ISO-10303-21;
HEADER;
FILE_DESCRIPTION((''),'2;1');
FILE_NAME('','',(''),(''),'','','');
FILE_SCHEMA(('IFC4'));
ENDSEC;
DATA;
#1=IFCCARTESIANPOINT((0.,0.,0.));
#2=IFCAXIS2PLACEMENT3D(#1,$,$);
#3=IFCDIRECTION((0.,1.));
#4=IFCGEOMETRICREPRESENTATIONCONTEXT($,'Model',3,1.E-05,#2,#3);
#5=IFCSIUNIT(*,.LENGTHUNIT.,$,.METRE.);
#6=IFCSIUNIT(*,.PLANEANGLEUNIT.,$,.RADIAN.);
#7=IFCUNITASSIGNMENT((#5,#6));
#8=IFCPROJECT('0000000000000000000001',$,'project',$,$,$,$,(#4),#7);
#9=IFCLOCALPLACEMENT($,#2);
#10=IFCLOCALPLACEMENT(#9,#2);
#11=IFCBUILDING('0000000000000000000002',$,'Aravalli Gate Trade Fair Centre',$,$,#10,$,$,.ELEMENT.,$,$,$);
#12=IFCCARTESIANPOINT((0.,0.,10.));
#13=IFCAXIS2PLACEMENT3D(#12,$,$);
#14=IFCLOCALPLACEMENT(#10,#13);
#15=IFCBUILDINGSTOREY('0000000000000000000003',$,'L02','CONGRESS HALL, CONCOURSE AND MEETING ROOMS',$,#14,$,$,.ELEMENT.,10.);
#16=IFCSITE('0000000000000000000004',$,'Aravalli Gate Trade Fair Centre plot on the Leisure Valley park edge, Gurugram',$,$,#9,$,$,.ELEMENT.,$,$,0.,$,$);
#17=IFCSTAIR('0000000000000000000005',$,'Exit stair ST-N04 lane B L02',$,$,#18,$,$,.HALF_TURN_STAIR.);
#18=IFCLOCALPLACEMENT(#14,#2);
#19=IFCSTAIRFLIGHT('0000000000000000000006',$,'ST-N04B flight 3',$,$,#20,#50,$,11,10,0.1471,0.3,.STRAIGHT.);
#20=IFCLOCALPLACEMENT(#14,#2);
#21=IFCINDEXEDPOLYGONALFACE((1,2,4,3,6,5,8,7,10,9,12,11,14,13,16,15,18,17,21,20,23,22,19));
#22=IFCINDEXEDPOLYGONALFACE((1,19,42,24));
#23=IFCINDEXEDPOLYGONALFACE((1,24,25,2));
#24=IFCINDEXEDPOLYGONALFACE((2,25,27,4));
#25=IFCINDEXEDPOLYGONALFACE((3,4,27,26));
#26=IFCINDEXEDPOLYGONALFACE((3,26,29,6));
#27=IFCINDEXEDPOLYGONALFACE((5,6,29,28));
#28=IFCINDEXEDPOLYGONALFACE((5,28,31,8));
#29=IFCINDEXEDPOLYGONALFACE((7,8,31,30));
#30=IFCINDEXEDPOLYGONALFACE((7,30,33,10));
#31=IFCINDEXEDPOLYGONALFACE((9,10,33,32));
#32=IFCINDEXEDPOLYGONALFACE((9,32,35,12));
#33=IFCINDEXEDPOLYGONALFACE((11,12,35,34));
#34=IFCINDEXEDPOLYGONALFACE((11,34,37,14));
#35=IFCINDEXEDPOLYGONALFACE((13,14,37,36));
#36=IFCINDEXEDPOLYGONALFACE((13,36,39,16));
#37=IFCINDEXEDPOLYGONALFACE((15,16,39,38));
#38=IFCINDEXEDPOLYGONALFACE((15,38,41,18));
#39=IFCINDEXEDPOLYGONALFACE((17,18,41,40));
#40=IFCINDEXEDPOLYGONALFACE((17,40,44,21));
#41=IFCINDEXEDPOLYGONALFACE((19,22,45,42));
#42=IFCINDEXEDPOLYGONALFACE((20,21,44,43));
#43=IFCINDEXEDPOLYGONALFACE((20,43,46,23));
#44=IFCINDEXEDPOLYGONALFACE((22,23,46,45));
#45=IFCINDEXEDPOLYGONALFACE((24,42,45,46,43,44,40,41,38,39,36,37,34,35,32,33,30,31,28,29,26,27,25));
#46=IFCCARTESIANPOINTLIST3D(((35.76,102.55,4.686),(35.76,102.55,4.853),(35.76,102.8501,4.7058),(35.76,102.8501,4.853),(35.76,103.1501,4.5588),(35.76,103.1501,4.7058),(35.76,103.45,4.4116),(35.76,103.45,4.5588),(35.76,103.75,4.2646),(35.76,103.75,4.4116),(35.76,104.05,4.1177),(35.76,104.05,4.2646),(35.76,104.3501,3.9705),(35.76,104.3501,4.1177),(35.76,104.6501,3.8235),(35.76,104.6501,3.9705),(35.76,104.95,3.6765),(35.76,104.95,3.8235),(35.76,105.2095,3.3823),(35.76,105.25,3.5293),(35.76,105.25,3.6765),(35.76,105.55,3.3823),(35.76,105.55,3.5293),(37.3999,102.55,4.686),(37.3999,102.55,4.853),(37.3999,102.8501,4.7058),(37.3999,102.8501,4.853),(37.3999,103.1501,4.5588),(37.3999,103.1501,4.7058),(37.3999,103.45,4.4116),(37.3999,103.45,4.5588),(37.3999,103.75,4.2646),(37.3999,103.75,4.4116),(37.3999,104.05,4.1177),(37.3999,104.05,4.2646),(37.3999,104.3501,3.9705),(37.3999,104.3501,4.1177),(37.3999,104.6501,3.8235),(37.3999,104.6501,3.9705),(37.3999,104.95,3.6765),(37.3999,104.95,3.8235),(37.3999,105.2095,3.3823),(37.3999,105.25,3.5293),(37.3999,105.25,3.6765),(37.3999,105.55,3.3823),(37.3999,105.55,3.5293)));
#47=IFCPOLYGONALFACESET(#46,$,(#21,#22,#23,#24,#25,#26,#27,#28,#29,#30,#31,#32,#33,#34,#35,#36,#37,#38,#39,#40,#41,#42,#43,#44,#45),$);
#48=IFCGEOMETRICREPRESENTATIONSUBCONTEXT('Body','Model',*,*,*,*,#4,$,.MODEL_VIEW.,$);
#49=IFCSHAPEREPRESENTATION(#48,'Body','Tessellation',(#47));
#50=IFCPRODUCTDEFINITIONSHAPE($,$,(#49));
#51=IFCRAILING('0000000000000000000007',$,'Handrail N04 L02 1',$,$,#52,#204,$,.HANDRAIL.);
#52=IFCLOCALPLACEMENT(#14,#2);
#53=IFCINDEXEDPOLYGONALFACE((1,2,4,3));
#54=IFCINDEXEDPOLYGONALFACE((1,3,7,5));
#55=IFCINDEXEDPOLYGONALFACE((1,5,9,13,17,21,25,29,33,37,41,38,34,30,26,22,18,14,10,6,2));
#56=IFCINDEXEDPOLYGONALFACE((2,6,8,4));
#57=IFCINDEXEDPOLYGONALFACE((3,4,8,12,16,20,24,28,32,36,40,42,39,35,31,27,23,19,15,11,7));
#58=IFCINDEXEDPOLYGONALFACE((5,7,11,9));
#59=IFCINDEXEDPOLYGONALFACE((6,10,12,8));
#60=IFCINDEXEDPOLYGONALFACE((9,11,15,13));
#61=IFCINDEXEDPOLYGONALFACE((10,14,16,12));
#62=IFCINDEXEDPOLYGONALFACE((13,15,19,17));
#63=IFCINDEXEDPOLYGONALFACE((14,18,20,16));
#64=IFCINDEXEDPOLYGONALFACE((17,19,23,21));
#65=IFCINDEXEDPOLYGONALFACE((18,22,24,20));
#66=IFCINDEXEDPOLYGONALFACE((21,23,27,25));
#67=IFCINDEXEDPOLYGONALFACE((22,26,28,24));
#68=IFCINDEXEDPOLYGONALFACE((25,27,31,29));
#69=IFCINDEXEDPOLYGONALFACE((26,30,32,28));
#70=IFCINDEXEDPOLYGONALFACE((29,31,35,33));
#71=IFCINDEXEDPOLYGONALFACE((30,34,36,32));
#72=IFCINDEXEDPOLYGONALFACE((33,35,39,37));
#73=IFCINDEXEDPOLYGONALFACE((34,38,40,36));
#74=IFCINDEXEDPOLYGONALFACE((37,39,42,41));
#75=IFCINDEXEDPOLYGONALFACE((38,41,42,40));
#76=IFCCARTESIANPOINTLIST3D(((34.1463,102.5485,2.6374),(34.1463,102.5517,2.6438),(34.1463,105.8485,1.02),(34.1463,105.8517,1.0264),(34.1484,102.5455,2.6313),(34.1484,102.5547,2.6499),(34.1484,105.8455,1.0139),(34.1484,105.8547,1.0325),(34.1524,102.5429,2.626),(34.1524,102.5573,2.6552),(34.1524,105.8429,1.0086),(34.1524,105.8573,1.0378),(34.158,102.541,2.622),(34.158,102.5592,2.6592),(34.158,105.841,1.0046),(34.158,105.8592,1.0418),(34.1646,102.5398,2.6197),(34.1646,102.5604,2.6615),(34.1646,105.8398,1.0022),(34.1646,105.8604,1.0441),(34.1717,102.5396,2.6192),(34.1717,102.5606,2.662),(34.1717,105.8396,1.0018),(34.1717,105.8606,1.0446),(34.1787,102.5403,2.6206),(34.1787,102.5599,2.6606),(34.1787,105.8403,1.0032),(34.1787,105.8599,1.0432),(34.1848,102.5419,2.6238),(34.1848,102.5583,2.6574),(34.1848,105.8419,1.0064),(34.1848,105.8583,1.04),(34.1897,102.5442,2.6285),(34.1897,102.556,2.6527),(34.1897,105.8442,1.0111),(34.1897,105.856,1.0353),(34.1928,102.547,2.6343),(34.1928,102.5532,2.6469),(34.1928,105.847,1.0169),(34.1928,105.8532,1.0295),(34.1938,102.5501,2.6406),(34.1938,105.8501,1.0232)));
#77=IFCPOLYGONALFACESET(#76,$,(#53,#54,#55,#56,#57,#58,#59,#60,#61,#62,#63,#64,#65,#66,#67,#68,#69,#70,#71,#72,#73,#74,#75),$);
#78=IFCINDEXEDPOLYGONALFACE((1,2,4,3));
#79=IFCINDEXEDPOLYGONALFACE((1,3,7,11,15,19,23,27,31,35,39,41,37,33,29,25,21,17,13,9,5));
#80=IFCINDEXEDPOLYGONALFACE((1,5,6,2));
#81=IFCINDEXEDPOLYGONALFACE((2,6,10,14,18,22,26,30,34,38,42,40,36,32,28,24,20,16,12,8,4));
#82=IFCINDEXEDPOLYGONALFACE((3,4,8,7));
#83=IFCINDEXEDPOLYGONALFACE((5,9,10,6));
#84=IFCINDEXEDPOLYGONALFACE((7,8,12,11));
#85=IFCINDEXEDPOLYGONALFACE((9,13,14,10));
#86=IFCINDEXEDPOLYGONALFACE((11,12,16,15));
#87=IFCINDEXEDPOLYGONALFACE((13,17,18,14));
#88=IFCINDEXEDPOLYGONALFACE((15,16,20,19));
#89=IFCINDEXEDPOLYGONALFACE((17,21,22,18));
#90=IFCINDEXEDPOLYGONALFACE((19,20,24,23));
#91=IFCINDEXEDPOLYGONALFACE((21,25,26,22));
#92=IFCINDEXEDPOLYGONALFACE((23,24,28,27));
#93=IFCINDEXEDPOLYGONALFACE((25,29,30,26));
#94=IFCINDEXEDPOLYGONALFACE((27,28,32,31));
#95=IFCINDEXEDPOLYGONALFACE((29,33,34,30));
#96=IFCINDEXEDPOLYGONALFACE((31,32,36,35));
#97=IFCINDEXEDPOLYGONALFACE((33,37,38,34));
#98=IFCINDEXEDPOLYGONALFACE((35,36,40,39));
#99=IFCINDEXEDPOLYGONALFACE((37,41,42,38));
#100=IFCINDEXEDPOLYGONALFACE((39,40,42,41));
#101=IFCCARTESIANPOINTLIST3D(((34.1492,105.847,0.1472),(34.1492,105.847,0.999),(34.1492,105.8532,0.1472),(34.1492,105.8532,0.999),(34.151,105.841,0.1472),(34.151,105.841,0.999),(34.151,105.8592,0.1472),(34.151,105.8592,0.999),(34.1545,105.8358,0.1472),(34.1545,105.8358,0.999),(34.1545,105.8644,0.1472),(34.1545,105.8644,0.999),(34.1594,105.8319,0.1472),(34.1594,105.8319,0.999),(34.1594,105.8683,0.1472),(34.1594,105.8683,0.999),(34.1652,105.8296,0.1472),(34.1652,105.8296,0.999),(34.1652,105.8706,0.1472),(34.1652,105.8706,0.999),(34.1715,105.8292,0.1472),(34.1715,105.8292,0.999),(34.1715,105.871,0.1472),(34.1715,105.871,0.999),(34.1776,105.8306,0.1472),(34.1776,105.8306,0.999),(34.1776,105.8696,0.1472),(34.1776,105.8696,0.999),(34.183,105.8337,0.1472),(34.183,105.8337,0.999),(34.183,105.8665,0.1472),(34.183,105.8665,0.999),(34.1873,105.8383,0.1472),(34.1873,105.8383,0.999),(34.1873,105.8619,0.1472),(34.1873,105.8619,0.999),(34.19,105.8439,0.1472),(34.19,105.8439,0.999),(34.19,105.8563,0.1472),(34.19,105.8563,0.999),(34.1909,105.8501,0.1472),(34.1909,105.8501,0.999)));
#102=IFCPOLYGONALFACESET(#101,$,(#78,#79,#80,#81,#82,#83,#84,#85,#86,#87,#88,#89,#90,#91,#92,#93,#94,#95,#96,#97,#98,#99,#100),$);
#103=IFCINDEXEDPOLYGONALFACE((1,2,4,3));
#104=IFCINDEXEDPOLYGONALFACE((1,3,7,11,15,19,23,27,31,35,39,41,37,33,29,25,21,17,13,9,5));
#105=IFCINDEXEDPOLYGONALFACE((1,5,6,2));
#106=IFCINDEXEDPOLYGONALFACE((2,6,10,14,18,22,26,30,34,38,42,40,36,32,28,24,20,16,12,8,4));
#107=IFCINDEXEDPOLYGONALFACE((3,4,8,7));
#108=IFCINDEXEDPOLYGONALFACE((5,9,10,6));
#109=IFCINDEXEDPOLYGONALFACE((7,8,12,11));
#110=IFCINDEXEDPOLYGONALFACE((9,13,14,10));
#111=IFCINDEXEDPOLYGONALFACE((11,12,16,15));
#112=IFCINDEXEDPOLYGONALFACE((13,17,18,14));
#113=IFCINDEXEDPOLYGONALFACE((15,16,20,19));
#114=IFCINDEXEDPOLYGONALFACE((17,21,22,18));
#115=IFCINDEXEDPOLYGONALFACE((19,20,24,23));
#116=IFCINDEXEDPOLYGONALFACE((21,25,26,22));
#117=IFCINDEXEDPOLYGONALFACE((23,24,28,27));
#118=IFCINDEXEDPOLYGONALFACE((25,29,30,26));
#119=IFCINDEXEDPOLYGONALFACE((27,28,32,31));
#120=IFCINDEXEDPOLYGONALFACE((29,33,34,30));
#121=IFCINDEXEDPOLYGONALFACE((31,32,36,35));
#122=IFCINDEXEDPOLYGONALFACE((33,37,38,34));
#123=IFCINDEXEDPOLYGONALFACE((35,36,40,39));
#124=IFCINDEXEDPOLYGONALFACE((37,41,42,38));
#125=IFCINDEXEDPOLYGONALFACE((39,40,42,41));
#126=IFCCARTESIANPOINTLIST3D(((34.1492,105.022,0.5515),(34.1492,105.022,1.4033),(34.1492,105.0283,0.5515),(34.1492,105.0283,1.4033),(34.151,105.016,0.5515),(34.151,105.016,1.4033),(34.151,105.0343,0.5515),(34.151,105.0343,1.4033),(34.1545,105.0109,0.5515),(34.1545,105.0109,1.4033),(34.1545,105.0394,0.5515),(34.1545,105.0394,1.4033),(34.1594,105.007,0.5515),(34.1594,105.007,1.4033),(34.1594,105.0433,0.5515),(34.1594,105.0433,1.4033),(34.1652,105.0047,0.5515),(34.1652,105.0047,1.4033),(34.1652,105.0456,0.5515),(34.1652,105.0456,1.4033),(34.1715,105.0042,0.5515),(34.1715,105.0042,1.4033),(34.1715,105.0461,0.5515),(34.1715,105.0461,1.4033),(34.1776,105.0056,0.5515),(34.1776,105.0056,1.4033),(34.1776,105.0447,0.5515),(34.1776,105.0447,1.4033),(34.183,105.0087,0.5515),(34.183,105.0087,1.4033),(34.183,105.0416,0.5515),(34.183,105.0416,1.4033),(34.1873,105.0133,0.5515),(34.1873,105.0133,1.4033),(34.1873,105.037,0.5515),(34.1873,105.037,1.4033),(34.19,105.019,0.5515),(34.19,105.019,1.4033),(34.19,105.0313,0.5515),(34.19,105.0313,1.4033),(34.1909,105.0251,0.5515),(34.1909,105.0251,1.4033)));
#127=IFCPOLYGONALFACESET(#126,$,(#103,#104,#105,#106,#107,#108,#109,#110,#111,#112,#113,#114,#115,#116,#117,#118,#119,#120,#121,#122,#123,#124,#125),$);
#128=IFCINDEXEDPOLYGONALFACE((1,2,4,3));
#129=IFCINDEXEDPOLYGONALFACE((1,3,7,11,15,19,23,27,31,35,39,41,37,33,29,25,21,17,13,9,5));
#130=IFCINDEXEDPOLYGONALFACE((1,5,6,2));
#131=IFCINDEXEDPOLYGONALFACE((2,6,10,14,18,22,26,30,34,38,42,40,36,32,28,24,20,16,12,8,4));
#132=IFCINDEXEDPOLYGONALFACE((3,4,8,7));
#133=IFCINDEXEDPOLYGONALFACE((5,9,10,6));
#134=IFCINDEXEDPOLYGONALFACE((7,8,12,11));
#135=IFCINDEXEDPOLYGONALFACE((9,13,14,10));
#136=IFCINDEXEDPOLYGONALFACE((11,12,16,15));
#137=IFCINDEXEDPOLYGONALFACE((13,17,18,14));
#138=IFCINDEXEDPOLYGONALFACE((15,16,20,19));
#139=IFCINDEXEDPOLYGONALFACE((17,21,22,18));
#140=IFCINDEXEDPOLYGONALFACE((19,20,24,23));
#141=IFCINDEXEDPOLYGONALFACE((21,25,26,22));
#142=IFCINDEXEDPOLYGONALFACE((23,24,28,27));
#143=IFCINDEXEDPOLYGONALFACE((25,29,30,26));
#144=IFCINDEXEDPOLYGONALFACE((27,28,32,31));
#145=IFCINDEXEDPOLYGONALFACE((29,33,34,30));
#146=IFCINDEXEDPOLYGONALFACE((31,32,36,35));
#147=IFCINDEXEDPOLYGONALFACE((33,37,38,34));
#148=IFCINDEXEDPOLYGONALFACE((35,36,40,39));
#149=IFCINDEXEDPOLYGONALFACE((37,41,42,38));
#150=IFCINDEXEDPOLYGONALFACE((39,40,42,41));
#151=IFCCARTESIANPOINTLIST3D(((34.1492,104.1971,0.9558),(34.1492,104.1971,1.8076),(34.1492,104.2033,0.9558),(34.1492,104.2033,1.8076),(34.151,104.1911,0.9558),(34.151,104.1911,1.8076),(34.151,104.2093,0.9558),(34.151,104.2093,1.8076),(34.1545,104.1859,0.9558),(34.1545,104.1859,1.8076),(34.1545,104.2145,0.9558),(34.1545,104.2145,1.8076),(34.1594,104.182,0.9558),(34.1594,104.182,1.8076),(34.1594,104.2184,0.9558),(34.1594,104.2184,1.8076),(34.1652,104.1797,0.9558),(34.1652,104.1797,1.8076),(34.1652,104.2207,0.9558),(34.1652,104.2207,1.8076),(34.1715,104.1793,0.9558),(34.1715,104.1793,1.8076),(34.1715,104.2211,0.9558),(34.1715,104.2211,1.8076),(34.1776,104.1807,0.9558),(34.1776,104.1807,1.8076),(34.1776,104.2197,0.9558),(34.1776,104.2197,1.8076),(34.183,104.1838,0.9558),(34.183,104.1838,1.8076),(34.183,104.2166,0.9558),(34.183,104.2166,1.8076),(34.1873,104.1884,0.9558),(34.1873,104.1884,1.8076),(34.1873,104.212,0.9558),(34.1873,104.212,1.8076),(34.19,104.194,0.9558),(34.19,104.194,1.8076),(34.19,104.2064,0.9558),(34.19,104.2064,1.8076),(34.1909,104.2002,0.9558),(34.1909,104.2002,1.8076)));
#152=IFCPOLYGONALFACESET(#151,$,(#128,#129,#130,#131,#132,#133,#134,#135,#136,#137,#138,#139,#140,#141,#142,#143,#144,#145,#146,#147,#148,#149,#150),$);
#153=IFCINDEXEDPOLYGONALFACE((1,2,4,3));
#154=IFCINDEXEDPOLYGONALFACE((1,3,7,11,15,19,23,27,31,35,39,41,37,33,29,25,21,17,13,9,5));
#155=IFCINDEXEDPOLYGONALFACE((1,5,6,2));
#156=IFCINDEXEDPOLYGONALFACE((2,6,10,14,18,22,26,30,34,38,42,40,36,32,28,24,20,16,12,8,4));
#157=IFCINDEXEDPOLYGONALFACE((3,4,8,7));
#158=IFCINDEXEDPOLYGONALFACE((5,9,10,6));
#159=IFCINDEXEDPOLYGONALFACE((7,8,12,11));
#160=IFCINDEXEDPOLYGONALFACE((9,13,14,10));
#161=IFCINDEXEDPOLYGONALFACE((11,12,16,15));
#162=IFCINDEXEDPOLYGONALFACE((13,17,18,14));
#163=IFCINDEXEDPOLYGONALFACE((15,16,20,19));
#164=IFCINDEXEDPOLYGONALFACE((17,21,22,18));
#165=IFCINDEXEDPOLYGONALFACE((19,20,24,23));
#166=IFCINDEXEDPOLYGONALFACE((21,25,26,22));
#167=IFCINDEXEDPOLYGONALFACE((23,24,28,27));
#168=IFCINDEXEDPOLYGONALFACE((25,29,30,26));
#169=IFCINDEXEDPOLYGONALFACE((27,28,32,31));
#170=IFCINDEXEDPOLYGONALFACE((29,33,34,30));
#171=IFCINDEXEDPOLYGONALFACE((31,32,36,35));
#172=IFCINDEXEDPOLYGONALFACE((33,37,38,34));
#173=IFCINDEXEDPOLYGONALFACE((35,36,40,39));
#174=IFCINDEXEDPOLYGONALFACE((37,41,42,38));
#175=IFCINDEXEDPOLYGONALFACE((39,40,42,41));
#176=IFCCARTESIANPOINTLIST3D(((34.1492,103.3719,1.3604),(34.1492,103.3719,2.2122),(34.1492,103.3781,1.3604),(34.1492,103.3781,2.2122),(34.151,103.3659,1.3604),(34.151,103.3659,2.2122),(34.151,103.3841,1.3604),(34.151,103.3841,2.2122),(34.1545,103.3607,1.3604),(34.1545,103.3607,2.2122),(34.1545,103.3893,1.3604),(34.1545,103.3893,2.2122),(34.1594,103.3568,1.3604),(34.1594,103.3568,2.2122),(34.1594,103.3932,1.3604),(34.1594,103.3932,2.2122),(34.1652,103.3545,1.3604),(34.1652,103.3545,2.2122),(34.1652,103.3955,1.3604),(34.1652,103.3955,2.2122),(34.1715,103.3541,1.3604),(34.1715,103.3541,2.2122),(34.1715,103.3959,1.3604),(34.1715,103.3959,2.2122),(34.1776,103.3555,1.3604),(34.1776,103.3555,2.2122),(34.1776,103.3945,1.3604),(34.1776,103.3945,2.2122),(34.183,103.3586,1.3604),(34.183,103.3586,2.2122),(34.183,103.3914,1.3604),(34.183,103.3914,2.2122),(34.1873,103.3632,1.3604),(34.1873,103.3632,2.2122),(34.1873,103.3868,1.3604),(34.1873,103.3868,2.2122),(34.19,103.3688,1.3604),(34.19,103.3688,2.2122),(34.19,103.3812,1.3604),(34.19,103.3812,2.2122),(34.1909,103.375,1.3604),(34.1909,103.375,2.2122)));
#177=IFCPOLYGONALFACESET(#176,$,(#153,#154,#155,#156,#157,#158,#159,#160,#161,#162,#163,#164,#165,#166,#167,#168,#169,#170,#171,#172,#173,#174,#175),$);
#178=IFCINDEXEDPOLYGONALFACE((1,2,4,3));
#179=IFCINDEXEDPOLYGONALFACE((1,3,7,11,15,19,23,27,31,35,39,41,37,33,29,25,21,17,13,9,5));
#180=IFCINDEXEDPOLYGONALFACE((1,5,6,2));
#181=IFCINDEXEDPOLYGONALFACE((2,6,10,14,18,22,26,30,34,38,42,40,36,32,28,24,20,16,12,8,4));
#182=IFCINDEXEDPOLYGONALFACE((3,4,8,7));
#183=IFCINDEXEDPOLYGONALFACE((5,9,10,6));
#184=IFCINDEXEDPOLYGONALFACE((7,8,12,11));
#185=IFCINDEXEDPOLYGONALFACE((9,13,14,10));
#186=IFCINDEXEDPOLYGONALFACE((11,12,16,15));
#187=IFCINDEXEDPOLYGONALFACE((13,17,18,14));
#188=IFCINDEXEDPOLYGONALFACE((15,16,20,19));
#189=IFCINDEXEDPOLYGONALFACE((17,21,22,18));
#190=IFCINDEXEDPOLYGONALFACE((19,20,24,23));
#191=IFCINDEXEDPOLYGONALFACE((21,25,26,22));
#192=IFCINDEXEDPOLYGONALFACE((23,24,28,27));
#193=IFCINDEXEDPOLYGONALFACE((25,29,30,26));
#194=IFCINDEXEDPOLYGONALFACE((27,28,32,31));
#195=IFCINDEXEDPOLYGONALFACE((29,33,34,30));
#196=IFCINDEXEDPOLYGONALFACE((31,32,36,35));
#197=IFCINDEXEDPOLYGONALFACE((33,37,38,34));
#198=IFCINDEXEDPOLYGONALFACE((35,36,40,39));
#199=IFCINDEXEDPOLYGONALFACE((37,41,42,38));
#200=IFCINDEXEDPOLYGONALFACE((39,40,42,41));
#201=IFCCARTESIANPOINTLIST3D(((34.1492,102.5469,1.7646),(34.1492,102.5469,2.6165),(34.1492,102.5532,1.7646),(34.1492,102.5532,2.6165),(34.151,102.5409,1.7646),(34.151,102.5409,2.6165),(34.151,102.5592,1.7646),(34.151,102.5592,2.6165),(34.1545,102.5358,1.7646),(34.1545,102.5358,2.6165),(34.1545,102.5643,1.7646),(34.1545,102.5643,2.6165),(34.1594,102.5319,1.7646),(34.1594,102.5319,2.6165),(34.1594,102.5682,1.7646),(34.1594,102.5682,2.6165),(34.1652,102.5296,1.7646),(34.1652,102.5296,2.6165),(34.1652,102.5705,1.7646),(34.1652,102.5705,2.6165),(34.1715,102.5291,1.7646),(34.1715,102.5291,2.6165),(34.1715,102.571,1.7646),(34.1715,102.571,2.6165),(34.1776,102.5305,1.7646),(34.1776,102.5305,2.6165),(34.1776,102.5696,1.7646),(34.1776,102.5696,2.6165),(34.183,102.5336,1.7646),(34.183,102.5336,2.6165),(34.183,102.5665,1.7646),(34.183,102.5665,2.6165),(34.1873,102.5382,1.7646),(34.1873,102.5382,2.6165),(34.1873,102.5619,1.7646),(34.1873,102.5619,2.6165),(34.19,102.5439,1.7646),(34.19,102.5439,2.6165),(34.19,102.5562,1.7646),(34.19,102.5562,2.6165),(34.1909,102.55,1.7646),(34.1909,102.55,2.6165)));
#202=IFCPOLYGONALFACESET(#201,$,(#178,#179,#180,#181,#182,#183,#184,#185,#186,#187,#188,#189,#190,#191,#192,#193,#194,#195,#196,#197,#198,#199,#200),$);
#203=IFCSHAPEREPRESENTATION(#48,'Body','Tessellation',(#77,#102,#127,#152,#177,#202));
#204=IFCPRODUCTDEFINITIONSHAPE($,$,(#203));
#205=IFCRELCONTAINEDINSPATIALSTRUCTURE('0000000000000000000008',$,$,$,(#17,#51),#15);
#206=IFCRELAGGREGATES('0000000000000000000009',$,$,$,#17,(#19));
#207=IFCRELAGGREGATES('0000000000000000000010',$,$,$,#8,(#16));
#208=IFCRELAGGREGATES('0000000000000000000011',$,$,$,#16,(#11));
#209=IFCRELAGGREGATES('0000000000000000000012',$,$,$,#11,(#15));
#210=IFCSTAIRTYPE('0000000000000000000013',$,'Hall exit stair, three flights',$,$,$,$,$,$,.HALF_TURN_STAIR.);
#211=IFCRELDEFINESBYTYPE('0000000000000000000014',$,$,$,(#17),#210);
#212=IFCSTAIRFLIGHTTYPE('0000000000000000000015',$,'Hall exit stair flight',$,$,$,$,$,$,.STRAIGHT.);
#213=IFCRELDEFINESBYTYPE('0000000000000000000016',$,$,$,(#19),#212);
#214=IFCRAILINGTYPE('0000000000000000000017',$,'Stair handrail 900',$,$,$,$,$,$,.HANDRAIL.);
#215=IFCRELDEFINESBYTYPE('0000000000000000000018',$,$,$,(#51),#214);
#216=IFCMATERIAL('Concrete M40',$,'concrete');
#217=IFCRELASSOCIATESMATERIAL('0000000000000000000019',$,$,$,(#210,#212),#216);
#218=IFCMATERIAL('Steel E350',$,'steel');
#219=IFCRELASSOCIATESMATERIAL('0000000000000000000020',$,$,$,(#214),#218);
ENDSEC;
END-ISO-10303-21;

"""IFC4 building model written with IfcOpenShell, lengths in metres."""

from ifc_helpers import new_model, si_unit, direction, frame, origin, origin_2d, place, context, subcontext, project, spatial, polyline, circle, outline, extrude, material, type_object, element, aggregate, save


model = new_model("IFC4")

# Units and contexts
model_context = context("Model", 3, precision=1e-05, world=origin(), true_north=direction((0.0, 1.0)))
body_context = subcontext(model_context, "Body", "Model", "MODEL_VIEW")
ifc_project = project(units=[si_unit("LENGTHUNIT", "METRE"), si_unit("PLANEANGLEUNIT", "RADIAN")], contexts=[model_context])

# Site, building, storey
site_placement = place(None, origin())
site = spatial("IfcSite", under=ifc_project, at=site_placement, Name="Aravalli Gate Trade Fair Centre plot on the Leisure Valley park edge, Gurugram", CompositionType="ELEMENT", RefElevation=0.0)
building_placement = place(site_placement, origin())
building = spatial("IfcBuilding", under=site, at=building_placement, Name="Aravalli Gate Trade Fair Centre", CompositionType="ELEMENT")
storey_placement = place(building_placement, frame((0.0, 0.0, 10.0)))
storey = spatial("IfcBuildingStorey", under=building, at=storey_placement, Name="L02", Description="CONGRESS HALL, CONCOURSE AND MEETING ROOMS", CompositionType="ELEMENT", Elevation=10.0)

# Shared definitions
ifc_material_1 = material(Name="Steel E350", Category="steel")

# Shared definitions
ifc_material_2 = material(Name="Concrete M40", Category="concrete")

# Stair, stair flight
stair_type = type_object("IfcStairType", Name="Hall exit stair, three flights", PredefinedType="HALF_TURN_STAIR", material=ifc_material_2)
stair_flight_type = type_object("IfcStairFlightType", Name="Hall exit stair flight", PredefinedType="STRAIGHT", material=ifc_material_2)
stair_1_placement = place(storey_placement, origin())
stair_1 = element("IfcStair", 1, at=stair_1_placement, inside=storey, type_object=stair_type, Name="Exit stair ST-N04 lane B L02", PredefinedType="HALF_TURN_STAIR")
stair_flight_1_placement = place(storey_placement, frame((36.5801, 105.55, 3.3823), z_axis=(0.0, 0.0, 1.0), x_axis=(0.0, -1.0, 0.0)))
stair_flight_1 = element("IfcStairFlight", 2, at=stair_flight_1_placement, type_object=stair_flight_type, Name="ST-N04B flight 3", NumberOfRisers=11, NumberOfTreads=10, PredefinedType="STRAIGHT", RiserHeight=0.1471, TreadLength=0.3, context=body_context, shape_type="SweptSolid", body=[
    extrude(outline(polyline([(0.0, 0.0), (0.0, 0.147), (0.3, 0.147), (0.3, 0.2942), (0.6001, 0.2942), (0.6001, 0.4412), (0.8999, 0.4412), (0.8999, 0.5881), (1.2, 0.5881), (1.2, 0.7354), (1.5, 0.7354), (1.5, 0.8823), (1.8, 0.8823), (1.8, 1.0293), (2.1001, 1.0293), (2.1001, 1.1765), (2.3999, 1.1765), (2.3999, 1.3235), (2.7, 1.3235), (2.7, 1.4707), (3.0, 1.4707), (3.0, 1.6177), (3.0, 1.3037), (0.3406, 0.0), (0.0, 0.0)])), frame((0.0, 0.8198, 0.0), z_axis=(0.0, -1.0, 0.0), x_axis=(1.0, 0.0, 0.0)), (0.0, 0.0, 1.0), 1.6399),
])
aggregate(stair_1, [stair_flight_1])

# Railing
railing_type_1 = type_object("IfcRailingType", Name="Stair handrail 900", PredefinedType="HANDRAIL", material=ifc_material_1)
for number, where, name in (
    (3, (34.1699, 105.8501, 0.1472), "Handrail N04 L02 1"),
):
    element("IfcRailing", number, at=place(storey_placement, frame(where)), inside=storey, type_object=railing_type_1, Name=name, PredefinedType="HANDRAIL", context=body_context, shape_type="SweptSolid", body=[
        extrude(circle(Radius=0.0239, at=origin_2d()), frame((0.0, 0.0, 0.876), z_axis=(0.0, -0.897946, 0.440105), x_axis=(1.0, 0.0, 0.0)), (0.0, 0.0, 1.0), 3.675),
        extrude(circle(Radius=0.021, at=origin_2d()), origin(), (0.0, 0.0, 1.0), 0.8518),
        extrude(circle(Radius=0.021, at=origin_2d()), frame((0.0, -0.825, 0.4043)), (0.0, 0.0, 1.0), 0.8518),
        extrude(circle(Radius=0.021, at=origin_2d()), frame((0.0, -1.6499, 0.8086)), (0.0, 0.0, 1.0), 0.8518),
        extrude(circle(Radius=0.021, at=origin_2d()), frame((0.0, -2.4751, 1.2131)), (0.0, 0.0, 1.0), 0.8518),
        extrude(circle(Radius=0.021, at=origin_2d()), frame((0.0, -3.3, 1.6174)), (0.0, 0.0, 1.0), 0.8518),
    ])

save(model, "model.ifc")
